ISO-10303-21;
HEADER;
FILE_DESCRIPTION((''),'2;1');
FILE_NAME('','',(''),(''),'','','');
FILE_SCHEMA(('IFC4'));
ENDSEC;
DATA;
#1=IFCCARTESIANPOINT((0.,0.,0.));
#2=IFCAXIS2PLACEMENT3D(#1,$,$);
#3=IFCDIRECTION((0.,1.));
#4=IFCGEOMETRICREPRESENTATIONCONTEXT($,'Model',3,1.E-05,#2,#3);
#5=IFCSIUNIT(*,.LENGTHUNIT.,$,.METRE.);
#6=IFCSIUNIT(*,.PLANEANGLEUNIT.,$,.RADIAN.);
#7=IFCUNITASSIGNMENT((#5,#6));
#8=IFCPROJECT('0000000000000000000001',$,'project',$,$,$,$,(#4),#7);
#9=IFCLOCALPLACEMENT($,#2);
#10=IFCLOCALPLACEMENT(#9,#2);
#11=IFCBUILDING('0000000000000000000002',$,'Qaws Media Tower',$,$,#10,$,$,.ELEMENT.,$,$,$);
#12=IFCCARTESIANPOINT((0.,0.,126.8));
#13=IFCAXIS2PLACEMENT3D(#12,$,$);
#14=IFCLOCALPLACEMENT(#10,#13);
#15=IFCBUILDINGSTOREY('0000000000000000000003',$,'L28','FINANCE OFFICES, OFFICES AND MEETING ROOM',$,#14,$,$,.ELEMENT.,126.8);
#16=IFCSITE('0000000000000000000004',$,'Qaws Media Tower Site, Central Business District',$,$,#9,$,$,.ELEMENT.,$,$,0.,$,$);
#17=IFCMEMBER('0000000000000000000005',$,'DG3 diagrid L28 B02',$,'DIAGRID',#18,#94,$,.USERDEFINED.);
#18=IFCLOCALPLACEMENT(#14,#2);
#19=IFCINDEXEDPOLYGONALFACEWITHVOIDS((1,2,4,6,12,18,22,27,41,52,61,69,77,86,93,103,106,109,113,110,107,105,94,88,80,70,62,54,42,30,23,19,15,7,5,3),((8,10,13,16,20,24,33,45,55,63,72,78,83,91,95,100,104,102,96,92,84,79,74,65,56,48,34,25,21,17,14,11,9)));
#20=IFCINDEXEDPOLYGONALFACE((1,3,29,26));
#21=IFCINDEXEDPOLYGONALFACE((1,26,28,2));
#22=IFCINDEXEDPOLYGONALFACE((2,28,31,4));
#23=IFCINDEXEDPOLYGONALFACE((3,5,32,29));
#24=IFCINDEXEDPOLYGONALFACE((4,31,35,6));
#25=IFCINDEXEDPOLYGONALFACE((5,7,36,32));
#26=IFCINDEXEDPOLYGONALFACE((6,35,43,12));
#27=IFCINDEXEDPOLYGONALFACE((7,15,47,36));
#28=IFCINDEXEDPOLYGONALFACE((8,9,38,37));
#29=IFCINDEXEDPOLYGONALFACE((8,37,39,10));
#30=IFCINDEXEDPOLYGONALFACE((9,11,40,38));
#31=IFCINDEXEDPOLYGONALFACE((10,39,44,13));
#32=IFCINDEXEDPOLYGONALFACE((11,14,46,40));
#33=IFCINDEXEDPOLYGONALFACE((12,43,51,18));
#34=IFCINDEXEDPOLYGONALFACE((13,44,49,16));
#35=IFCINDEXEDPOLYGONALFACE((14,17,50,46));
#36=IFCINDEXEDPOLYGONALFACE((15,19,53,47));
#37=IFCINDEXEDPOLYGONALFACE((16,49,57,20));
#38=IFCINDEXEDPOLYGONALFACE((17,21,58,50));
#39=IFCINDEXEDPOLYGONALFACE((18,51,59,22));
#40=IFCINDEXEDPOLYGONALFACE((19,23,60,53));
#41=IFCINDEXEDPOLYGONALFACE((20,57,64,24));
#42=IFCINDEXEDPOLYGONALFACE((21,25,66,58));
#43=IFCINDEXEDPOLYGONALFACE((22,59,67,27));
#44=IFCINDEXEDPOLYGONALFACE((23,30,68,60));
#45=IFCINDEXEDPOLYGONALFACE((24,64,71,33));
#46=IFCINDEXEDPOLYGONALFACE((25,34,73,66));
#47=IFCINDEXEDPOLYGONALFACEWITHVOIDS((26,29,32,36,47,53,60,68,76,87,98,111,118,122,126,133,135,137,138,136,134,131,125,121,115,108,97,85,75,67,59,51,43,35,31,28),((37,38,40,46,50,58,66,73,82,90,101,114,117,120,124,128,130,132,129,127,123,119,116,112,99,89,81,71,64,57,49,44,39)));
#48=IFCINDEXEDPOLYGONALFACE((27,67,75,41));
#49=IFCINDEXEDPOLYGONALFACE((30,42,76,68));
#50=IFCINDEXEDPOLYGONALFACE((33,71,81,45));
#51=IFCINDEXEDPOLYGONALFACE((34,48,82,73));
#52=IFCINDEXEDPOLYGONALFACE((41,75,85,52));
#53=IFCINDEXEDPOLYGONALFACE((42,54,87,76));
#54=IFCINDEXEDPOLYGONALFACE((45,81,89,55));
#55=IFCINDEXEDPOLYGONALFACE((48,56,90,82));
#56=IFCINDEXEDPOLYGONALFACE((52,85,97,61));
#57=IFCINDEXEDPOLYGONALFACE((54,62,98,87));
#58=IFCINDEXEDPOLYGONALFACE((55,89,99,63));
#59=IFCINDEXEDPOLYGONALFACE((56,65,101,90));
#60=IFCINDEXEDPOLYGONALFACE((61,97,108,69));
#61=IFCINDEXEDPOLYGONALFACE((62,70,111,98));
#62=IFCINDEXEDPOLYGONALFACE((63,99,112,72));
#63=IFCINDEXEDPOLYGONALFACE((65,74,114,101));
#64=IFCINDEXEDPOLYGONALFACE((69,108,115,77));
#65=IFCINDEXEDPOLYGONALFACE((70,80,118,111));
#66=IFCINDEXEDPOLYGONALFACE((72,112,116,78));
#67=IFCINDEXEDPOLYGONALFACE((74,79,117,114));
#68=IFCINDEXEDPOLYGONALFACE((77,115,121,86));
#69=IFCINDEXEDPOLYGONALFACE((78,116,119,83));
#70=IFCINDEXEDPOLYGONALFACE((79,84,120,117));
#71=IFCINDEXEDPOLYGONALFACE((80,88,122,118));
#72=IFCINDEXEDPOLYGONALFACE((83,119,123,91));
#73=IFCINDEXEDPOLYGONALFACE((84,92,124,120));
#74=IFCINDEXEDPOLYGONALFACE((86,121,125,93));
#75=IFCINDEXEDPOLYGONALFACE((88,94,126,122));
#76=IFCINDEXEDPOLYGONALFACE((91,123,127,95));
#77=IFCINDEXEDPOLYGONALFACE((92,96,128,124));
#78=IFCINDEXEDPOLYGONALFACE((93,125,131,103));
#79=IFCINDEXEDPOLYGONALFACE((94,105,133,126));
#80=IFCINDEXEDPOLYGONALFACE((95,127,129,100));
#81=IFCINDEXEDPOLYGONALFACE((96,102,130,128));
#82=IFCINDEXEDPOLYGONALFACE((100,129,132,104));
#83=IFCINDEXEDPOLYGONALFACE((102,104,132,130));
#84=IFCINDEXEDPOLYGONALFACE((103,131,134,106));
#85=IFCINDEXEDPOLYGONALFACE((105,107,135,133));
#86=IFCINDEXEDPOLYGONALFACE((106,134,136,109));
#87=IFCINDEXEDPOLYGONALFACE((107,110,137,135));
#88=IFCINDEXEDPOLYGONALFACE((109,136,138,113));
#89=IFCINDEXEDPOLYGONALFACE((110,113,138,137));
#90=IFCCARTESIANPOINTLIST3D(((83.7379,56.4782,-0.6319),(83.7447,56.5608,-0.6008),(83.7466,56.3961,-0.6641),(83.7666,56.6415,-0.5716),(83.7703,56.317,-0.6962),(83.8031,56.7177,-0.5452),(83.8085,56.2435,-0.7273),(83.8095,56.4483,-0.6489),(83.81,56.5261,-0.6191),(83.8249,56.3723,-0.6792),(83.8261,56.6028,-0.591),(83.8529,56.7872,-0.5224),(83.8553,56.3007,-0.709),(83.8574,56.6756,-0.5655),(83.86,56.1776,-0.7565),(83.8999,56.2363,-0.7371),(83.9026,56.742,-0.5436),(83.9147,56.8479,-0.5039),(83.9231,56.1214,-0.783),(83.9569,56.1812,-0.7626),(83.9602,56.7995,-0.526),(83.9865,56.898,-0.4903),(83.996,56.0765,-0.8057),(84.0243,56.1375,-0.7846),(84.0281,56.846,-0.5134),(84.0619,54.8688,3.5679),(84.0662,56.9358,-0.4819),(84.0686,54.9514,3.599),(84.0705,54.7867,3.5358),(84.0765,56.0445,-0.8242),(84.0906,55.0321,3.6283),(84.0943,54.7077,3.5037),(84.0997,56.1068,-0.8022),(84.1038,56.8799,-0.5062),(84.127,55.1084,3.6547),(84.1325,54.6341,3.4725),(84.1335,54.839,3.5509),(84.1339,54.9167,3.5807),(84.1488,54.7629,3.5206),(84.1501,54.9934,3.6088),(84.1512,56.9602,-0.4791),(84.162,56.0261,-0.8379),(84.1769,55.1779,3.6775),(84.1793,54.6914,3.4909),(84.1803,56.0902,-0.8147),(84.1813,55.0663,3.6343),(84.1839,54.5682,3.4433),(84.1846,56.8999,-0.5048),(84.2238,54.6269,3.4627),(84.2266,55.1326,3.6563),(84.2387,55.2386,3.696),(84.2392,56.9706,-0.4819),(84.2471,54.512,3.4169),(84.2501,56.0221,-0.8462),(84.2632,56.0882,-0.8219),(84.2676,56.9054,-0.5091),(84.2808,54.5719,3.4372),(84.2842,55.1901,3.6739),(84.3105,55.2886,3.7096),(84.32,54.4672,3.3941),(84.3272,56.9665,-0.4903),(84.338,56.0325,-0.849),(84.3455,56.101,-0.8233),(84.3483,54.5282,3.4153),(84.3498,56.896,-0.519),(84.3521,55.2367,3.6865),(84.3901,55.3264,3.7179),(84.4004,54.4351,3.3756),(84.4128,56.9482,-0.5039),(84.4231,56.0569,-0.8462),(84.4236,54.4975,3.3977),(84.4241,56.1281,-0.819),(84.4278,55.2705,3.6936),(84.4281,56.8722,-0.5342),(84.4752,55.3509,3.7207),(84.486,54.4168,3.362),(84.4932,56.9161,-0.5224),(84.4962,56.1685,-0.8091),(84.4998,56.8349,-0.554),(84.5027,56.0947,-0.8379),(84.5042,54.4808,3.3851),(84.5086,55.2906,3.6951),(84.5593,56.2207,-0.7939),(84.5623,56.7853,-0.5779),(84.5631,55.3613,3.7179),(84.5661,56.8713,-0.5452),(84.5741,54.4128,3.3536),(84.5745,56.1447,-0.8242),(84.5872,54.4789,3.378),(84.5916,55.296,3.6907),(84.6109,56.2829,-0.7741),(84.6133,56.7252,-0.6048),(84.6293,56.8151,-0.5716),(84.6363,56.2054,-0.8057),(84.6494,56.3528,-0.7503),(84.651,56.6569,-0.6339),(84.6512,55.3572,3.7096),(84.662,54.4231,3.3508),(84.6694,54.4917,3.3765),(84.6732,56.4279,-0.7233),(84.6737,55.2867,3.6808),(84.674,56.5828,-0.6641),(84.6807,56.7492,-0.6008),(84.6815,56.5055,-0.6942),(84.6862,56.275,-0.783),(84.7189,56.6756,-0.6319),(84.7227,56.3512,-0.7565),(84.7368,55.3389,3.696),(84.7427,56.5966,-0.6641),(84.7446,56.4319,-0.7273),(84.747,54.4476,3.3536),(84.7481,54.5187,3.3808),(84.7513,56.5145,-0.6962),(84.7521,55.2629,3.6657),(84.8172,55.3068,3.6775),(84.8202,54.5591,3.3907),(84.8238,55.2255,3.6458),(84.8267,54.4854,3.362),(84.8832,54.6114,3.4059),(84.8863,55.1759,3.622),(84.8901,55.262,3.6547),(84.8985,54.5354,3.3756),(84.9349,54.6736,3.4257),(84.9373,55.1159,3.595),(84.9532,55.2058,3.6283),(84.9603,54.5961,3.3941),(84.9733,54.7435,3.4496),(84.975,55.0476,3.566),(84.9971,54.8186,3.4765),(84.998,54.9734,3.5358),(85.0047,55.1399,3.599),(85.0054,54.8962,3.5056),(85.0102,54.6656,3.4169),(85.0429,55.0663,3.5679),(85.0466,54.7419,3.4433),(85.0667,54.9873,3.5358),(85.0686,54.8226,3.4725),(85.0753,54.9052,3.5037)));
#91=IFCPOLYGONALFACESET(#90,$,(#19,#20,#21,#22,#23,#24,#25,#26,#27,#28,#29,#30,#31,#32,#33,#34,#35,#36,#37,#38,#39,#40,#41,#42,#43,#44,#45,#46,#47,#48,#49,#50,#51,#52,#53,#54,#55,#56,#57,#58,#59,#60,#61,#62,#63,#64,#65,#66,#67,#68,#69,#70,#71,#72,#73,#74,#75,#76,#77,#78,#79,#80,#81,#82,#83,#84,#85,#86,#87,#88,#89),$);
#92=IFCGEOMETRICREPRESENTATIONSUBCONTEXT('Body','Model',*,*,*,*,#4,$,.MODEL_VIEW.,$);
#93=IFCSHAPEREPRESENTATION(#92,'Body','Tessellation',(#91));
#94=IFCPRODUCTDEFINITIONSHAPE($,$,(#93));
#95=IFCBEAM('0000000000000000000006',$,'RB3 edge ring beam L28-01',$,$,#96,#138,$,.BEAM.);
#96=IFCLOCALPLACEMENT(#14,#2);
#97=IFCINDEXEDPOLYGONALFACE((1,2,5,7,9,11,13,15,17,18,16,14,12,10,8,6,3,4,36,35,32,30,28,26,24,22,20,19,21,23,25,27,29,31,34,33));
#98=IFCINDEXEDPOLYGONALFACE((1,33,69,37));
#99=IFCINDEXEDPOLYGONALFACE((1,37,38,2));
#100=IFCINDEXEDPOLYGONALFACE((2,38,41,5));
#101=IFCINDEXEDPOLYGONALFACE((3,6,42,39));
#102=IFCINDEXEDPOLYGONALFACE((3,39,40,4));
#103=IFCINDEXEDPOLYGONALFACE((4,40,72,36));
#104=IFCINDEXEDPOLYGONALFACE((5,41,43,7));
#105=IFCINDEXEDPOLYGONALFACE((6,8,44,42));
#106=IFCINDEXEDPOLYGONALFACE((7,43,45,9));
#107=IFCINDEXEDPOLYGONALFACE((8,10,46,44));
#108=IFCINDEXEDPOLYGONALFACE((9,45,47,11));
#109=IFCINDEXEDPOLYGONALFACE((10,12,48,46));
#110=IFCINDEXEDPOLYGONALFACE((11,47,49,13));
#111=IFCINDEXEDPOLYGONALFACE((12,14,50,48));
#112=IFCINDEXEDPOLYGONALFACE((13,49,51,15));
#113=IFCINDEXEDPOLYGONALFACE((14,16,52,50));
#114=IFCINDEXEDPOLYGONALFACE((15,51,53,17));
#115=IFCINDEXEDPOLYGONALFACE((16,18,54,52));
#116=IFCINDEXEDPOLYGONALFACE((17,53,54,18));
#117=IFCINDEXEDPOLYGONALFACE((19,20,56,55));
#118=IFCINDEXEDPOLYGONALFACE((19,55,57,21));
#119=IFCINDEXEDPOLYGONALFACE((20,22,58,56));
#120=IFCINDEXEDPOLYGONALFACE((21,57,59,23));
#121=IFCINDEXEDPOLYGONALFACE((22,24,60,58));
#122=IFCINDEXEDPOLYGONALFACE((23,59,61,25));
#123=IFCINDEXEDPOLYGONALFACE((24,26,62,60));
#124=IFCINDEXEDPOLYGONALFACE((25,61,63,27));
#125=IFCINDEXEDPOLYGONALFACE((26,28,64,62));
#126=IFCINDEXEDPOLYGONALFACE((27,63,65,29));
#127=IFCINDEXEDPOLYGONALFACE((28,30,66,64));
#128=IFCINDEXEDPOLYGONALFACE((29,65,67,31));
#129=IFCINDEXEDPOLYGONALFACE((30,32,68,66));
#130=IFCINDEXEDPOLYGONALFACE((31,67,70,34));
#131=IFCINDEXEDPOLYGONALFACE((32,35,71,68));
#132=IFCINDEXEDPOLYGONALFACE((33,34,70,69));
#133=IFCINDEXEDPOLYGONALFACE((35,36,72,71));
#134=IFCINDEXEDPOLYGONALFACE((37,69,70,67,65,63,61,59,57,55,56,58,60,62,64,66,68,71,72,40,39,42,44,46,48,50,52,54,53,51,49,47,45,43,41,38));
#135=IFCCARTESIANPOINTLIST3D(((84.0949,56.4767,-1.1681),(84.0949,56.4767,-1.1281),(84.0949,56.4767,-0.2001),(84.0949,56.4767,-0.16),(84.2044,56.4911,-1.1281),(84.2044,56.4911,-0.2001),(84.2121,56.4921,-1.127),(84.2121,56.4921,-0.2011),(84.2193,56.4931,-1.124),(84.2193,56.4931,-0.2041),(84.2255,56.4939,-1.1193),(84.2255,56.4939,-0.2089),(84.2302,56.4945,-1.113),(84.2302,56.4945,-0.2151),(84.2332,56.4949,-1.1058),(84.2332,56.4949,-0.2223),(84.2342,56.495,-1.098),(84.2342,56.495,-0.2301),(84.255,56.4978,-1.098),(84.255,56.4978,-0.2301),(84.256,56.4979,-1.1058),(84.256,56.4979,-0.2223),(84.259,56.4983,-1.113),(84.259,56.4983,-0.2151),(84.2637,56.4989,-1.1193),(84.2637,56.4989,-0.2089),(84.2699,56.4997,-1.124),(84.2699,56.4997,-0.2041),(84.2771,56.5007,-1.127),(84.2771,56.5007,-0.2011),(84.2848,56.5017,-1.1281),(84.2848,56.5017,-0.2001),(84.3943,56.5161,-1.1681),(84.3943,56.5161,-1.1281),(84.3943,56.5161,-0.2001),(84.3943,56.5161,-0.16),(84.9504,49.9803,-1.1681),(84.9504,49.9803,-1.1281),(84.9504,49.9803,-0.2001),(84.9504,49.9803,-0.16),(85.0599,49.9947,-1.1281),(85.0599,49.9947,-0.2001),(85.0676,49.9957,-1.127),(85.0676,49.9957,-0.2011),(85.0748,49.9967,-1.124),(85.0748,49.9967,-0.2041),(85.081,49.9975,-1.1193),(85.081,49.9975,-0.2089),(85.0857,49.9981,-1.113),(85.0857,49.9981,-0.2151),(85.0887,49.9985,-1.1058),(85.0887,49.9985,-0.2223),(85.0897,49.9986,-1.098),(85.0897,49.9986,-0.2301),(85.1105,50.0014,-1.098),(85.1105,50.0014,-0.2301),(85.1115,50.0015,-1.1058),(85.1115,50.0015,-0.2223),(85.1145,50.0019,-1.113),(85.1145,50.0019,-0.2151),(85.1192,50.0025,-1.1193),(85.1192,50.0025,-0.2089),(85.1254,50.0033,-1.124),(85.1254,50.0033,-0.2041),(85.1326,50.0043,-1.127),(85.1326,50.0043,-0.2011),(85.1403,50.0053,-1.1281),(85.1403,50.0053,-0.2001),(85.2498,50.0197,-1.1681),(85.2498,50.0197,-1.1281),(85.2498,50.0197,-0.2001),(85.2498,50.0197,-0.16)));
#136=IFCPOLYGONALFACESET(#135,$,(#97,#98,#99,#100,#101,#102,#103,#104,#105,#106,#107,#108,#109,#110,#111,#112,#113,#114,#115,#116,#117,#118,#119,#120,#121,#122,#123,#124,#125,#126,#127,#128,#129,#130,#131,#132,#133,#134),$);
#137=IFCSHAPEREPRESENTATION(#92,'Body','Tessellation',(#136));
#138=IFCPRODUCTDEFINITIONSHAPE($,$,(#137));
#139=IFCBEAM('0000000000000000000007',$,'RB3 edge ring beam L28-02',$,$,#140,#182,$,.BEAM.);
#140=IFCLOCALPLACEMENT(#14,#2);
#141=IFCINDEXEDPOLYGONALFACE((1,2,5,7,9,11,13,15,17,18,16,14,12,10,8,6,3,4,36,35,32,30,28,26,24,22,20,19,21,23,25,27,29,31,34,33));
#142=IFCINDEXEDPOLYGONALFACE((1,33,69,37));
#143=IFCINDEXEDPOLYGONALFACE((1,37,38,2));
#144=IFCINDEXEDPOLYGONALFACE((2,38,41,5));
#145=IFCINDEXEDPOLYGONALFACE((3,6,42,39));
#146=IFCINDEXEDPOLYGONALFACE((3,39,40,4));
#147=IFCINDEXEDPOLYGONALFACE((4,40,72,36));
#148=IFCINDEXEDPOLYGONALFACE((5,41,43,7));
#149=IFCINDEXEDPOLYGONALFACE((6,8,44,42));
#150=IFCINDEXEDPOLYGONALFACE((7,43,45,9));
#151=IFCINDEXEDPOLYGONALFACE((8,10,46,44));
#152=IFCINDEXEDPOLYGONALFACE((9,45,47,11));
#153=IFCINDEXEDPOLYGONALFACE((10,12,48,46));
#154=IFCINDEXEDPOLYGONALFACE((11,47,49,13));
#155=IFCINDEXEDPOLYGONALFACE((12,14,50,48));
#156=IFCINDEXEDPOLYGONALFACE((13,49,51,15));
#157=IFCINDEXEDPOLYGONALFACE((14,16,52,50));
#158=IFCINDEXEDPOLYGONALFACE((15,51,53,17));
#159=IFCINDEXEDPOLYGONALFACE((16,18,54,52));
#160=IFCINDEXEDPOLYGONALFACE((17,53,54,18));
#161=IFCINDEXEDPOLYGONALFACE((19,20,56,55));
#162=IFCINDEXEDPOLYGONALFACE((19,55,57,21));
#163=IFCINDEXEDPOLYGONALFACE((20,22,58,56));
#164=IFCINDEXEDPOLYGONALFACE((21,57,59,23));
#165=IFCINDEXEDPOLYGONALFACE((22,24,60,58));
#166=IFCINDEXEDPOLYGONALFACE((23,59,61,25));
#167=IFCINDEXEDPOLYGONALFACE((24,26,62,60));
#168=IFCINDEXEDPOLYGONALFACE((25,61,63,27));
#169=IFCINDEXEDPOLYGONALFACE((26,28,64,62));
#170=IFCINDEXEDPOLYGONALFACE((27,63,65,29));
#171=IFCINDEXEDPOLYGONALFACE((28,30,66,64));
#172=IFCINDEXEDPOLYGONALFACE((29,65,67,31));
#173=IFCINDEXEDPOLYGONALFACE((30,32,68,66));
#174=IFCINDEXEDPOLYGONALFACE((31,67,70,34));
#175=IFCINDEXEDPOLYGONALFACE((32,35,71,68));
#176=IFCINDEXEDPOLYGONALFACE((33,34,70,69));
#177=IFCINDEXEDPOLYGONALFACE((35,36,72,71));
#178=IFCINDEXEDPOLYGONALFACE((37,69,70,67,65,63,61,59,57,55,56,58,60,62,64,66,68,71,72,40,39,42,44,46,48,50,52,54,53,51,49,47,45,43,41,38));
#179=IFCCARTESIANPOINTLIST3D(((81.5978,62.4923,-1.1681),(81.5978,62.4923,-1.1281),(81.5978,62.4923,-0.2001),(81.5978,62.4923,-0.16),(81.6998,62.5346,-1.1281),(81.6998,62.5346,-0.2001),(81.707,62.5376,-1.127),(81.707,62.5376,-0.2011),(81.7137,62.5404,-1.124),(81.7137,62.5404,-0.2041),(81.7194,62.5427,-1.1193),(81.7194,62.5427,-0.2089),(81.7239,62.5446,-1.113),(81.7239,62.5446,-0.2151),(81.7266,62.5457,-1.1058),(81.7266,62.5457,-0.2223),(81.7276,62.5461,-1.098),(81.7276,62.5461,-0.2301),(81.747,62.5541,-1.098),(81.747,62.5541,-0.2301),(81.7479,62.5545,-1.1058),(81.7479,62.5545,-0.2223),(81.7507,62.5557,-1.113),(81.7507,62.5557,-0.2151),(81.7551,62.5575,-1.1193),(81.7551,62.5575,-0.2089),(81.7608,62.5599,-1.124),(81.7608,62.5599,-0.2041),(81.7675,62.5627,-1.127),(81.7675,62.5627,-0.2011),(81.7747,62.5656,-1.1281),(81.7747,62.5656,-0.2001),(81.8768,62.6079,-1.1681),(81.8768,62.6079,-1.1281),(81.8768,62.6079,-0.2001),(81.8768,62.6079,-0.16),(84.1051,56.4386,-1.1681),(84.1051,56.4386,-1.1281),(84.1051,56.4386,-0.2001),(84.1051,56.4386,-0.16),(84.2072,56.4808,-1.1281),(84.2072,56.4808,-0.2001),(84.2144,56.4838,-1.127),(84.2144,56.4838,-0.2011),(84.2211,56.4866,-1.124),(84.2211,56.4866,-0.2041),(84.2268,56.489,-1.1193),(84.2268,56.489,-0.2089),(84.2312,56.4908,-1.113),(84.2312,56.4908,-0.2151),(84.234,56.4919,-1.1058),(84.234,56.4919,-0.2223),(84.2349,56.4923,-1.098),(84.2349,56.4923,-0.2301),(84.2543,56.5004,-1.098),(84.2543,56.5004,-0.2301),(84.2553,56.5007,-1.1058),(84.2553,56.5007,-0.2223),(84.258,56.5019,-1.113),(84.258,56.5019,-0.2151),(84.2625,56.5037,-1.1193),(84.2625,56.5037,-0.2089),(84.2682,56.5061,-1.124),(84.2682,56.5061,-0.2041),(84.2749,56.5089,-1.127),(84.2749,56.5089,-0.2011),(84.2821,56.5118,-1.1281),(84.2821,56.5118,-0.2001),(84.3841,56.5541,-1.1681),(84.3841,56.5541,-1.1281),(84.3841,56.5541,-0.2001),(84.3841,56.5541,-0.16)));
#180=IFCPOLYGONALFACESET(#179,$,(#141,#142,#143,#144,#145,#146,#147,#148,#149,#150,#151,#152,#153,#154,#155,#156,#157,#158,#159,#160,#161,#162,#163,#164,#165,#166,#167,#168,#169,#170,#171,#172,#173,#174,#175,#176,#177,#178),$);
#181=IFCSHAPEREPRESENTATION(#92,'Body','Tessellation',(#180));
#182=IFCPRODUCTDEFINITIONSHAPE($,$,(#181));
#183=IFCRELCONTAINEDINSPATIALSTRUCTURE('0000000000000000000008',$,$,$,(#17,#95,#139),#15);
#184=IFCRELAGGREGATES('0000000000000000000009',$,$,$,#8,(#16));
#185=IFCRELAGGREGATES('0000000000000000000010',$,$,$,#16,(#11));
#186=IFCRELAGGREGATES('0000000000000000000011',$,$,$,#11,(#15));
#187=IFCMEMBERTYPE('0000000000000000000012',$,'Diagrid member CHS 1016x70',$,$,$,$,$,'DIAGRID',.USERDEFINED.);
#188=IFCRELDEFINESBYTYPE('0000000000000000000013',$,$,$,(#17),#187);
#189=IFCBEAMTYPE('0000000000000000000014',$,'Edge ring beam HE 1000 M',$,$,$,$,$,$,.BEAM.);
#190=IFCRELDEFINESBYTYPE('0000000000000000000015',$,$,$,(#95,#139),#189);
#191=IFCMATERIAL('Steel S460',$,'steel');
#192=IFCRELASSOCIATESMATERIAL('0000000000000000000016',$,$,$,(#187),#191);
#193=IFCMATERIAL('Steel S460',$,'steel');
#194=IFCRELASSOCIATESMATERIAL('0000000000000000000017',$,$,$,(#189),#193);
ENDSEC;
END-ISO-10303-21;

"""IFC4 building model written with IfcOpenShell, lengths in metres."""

from ifc_helpers import new_model, si_unit, direction, frame, origin, origin_2d, place, context, subcontext, project, spatial, hollow_circle, i_section, extrude, material, material_profile, profile_set, type_object, element, save


model = new_model("IFC4")

# Units and contexts
model_context = context("Model", 3, precision=1e-05, world=origin(), true_north=direction((0.0, 1.0)))
body_context = subcontext(model_context, "Body", "Model", "MODEL_VIEW")
ifc_project = project(units=[si_unit("LENGTHUNIT", "METRE"), si_unit("PLANEANGLEUNIT", "RADIAN")], contexts=[model_context])

# Site, building, storey
site_placement = place(None, origin())
site = spatial("IfcSite", under=ifc_project, at=site_placement, Name="Qaws Media Tower Site, Central Business District", CompositionType="ELEMENT", RefElevation=0.0)
building_placement = place(site_placement, origin())
building = spatial("IfcBuilding", under=site, at=building_placement, Name="Qaws Media Tower", CompositionType="ELEMENT")
storey_placement = place(building_placement, frame((0.0, 0.0, 126.8)))
storey = spatial("IfcBuildingStorey", under=building, at=storey_placement, Name="L28", Description="FINANCE OFFICES, OFFICES AND MEETING ROOM", CompositionType="ELEMENT", Elevation=126.8)

# Member
ifc_material_1 = material(Name="Steel S460", Category="steel")
ifc_material_profile_1 = material_profile(ifc_material_1, hollow_circle(Radius=0.5081, WallThickness=0.0701, at=origin_2d()), Name="CHS 1016x70")
ifc_profile_set_1 = profile_set([ifc_material_profile_1], Name="Steel S460")
member_type_1 = type_object("IfcMemberType", Name="Diagrid member CHS 1016x70", ElementType="DIAGRID", PredefinedType="USERDEFINED", material=ifc_profile_set_1)
for number, where, z_axis, x_axis, name in (
    (1, (84.2446, 56.4963, -0.6641), (0.071844, -0.356894, 0.931378), (0.980334, 0.197346, 0.0), "DG3 diagrid L28 B02"),
):
    element("IfcMember", number, at=place(storey_placement, frame(where, z_axis=z_axis, x_axis=x_axis)), inside=storey, type_object=member_type_1, Name=name, ObjectType="DIAGRID", PredefinedType="USERDEFINED", context=body_context, shape_type="SweptSolid", body=[
        extrude(hollow_circle(Radius=0.5081, WallThickness=0.0701, at=origin_2d()), origin(), (0.0, 0.0, 1.0), 4.5093),
    ])

# Beams
ifc_material_2 = material(Name="Steel S460", Category="steel")
ifc_material_profile_2 = material_profile(ifc_material_2, i_section(OverallWidth=0.302, OverallDepth=1.0081, WebThickness=0.021, FlangeThickness=0.04, FilletRadius=0.03, at=origin_2d()), Name="HE 1000 M")
ifc_profile_set_2 = profile_set([ifc_material_profile_2], Name="Steel S460")
beam_type_1 = type_object("IfcBeamType", Name="Edge ring beam HE 1000 M", PredefinedType="BEAM", material=ifc_profile_set_2)
for number, where, z_axis, x_axis, name in (
    (2, (85.1001, 50.0, -0.6641), (-0.130558, 0.991441, 0.0), (-0.991441, -0.130558, 0.0), "RB3 edge ring beam L28-01"),
    (3, (84.2446, 56.4963, -0.6641), (-0.382657, 0.923891, 0.0), (-0.923891, -0.382657, 0.0), "RB3 edge ring beam L28-02"),
):
    element("IfcBeam", number, at=place(storey_placement, frame(where, z_axis=z_axis, x_axis=x_axis)), inside=storey, type_object=beam_type_1, Name=name, PredefinedType="BEAM", context=body_context, shape_type="SweptSolid", body=[
        extrude(i_section(OverallWidth=0.302, OverallDepth=1.0081, WebThickness=0.021, FlangeThickness=0.04, FilletRadius=0.03, at=origin_2d()), origin(), (0.0, 0.0, 1.0), 6.5525),
    ])

save(model, "model.ifc")
